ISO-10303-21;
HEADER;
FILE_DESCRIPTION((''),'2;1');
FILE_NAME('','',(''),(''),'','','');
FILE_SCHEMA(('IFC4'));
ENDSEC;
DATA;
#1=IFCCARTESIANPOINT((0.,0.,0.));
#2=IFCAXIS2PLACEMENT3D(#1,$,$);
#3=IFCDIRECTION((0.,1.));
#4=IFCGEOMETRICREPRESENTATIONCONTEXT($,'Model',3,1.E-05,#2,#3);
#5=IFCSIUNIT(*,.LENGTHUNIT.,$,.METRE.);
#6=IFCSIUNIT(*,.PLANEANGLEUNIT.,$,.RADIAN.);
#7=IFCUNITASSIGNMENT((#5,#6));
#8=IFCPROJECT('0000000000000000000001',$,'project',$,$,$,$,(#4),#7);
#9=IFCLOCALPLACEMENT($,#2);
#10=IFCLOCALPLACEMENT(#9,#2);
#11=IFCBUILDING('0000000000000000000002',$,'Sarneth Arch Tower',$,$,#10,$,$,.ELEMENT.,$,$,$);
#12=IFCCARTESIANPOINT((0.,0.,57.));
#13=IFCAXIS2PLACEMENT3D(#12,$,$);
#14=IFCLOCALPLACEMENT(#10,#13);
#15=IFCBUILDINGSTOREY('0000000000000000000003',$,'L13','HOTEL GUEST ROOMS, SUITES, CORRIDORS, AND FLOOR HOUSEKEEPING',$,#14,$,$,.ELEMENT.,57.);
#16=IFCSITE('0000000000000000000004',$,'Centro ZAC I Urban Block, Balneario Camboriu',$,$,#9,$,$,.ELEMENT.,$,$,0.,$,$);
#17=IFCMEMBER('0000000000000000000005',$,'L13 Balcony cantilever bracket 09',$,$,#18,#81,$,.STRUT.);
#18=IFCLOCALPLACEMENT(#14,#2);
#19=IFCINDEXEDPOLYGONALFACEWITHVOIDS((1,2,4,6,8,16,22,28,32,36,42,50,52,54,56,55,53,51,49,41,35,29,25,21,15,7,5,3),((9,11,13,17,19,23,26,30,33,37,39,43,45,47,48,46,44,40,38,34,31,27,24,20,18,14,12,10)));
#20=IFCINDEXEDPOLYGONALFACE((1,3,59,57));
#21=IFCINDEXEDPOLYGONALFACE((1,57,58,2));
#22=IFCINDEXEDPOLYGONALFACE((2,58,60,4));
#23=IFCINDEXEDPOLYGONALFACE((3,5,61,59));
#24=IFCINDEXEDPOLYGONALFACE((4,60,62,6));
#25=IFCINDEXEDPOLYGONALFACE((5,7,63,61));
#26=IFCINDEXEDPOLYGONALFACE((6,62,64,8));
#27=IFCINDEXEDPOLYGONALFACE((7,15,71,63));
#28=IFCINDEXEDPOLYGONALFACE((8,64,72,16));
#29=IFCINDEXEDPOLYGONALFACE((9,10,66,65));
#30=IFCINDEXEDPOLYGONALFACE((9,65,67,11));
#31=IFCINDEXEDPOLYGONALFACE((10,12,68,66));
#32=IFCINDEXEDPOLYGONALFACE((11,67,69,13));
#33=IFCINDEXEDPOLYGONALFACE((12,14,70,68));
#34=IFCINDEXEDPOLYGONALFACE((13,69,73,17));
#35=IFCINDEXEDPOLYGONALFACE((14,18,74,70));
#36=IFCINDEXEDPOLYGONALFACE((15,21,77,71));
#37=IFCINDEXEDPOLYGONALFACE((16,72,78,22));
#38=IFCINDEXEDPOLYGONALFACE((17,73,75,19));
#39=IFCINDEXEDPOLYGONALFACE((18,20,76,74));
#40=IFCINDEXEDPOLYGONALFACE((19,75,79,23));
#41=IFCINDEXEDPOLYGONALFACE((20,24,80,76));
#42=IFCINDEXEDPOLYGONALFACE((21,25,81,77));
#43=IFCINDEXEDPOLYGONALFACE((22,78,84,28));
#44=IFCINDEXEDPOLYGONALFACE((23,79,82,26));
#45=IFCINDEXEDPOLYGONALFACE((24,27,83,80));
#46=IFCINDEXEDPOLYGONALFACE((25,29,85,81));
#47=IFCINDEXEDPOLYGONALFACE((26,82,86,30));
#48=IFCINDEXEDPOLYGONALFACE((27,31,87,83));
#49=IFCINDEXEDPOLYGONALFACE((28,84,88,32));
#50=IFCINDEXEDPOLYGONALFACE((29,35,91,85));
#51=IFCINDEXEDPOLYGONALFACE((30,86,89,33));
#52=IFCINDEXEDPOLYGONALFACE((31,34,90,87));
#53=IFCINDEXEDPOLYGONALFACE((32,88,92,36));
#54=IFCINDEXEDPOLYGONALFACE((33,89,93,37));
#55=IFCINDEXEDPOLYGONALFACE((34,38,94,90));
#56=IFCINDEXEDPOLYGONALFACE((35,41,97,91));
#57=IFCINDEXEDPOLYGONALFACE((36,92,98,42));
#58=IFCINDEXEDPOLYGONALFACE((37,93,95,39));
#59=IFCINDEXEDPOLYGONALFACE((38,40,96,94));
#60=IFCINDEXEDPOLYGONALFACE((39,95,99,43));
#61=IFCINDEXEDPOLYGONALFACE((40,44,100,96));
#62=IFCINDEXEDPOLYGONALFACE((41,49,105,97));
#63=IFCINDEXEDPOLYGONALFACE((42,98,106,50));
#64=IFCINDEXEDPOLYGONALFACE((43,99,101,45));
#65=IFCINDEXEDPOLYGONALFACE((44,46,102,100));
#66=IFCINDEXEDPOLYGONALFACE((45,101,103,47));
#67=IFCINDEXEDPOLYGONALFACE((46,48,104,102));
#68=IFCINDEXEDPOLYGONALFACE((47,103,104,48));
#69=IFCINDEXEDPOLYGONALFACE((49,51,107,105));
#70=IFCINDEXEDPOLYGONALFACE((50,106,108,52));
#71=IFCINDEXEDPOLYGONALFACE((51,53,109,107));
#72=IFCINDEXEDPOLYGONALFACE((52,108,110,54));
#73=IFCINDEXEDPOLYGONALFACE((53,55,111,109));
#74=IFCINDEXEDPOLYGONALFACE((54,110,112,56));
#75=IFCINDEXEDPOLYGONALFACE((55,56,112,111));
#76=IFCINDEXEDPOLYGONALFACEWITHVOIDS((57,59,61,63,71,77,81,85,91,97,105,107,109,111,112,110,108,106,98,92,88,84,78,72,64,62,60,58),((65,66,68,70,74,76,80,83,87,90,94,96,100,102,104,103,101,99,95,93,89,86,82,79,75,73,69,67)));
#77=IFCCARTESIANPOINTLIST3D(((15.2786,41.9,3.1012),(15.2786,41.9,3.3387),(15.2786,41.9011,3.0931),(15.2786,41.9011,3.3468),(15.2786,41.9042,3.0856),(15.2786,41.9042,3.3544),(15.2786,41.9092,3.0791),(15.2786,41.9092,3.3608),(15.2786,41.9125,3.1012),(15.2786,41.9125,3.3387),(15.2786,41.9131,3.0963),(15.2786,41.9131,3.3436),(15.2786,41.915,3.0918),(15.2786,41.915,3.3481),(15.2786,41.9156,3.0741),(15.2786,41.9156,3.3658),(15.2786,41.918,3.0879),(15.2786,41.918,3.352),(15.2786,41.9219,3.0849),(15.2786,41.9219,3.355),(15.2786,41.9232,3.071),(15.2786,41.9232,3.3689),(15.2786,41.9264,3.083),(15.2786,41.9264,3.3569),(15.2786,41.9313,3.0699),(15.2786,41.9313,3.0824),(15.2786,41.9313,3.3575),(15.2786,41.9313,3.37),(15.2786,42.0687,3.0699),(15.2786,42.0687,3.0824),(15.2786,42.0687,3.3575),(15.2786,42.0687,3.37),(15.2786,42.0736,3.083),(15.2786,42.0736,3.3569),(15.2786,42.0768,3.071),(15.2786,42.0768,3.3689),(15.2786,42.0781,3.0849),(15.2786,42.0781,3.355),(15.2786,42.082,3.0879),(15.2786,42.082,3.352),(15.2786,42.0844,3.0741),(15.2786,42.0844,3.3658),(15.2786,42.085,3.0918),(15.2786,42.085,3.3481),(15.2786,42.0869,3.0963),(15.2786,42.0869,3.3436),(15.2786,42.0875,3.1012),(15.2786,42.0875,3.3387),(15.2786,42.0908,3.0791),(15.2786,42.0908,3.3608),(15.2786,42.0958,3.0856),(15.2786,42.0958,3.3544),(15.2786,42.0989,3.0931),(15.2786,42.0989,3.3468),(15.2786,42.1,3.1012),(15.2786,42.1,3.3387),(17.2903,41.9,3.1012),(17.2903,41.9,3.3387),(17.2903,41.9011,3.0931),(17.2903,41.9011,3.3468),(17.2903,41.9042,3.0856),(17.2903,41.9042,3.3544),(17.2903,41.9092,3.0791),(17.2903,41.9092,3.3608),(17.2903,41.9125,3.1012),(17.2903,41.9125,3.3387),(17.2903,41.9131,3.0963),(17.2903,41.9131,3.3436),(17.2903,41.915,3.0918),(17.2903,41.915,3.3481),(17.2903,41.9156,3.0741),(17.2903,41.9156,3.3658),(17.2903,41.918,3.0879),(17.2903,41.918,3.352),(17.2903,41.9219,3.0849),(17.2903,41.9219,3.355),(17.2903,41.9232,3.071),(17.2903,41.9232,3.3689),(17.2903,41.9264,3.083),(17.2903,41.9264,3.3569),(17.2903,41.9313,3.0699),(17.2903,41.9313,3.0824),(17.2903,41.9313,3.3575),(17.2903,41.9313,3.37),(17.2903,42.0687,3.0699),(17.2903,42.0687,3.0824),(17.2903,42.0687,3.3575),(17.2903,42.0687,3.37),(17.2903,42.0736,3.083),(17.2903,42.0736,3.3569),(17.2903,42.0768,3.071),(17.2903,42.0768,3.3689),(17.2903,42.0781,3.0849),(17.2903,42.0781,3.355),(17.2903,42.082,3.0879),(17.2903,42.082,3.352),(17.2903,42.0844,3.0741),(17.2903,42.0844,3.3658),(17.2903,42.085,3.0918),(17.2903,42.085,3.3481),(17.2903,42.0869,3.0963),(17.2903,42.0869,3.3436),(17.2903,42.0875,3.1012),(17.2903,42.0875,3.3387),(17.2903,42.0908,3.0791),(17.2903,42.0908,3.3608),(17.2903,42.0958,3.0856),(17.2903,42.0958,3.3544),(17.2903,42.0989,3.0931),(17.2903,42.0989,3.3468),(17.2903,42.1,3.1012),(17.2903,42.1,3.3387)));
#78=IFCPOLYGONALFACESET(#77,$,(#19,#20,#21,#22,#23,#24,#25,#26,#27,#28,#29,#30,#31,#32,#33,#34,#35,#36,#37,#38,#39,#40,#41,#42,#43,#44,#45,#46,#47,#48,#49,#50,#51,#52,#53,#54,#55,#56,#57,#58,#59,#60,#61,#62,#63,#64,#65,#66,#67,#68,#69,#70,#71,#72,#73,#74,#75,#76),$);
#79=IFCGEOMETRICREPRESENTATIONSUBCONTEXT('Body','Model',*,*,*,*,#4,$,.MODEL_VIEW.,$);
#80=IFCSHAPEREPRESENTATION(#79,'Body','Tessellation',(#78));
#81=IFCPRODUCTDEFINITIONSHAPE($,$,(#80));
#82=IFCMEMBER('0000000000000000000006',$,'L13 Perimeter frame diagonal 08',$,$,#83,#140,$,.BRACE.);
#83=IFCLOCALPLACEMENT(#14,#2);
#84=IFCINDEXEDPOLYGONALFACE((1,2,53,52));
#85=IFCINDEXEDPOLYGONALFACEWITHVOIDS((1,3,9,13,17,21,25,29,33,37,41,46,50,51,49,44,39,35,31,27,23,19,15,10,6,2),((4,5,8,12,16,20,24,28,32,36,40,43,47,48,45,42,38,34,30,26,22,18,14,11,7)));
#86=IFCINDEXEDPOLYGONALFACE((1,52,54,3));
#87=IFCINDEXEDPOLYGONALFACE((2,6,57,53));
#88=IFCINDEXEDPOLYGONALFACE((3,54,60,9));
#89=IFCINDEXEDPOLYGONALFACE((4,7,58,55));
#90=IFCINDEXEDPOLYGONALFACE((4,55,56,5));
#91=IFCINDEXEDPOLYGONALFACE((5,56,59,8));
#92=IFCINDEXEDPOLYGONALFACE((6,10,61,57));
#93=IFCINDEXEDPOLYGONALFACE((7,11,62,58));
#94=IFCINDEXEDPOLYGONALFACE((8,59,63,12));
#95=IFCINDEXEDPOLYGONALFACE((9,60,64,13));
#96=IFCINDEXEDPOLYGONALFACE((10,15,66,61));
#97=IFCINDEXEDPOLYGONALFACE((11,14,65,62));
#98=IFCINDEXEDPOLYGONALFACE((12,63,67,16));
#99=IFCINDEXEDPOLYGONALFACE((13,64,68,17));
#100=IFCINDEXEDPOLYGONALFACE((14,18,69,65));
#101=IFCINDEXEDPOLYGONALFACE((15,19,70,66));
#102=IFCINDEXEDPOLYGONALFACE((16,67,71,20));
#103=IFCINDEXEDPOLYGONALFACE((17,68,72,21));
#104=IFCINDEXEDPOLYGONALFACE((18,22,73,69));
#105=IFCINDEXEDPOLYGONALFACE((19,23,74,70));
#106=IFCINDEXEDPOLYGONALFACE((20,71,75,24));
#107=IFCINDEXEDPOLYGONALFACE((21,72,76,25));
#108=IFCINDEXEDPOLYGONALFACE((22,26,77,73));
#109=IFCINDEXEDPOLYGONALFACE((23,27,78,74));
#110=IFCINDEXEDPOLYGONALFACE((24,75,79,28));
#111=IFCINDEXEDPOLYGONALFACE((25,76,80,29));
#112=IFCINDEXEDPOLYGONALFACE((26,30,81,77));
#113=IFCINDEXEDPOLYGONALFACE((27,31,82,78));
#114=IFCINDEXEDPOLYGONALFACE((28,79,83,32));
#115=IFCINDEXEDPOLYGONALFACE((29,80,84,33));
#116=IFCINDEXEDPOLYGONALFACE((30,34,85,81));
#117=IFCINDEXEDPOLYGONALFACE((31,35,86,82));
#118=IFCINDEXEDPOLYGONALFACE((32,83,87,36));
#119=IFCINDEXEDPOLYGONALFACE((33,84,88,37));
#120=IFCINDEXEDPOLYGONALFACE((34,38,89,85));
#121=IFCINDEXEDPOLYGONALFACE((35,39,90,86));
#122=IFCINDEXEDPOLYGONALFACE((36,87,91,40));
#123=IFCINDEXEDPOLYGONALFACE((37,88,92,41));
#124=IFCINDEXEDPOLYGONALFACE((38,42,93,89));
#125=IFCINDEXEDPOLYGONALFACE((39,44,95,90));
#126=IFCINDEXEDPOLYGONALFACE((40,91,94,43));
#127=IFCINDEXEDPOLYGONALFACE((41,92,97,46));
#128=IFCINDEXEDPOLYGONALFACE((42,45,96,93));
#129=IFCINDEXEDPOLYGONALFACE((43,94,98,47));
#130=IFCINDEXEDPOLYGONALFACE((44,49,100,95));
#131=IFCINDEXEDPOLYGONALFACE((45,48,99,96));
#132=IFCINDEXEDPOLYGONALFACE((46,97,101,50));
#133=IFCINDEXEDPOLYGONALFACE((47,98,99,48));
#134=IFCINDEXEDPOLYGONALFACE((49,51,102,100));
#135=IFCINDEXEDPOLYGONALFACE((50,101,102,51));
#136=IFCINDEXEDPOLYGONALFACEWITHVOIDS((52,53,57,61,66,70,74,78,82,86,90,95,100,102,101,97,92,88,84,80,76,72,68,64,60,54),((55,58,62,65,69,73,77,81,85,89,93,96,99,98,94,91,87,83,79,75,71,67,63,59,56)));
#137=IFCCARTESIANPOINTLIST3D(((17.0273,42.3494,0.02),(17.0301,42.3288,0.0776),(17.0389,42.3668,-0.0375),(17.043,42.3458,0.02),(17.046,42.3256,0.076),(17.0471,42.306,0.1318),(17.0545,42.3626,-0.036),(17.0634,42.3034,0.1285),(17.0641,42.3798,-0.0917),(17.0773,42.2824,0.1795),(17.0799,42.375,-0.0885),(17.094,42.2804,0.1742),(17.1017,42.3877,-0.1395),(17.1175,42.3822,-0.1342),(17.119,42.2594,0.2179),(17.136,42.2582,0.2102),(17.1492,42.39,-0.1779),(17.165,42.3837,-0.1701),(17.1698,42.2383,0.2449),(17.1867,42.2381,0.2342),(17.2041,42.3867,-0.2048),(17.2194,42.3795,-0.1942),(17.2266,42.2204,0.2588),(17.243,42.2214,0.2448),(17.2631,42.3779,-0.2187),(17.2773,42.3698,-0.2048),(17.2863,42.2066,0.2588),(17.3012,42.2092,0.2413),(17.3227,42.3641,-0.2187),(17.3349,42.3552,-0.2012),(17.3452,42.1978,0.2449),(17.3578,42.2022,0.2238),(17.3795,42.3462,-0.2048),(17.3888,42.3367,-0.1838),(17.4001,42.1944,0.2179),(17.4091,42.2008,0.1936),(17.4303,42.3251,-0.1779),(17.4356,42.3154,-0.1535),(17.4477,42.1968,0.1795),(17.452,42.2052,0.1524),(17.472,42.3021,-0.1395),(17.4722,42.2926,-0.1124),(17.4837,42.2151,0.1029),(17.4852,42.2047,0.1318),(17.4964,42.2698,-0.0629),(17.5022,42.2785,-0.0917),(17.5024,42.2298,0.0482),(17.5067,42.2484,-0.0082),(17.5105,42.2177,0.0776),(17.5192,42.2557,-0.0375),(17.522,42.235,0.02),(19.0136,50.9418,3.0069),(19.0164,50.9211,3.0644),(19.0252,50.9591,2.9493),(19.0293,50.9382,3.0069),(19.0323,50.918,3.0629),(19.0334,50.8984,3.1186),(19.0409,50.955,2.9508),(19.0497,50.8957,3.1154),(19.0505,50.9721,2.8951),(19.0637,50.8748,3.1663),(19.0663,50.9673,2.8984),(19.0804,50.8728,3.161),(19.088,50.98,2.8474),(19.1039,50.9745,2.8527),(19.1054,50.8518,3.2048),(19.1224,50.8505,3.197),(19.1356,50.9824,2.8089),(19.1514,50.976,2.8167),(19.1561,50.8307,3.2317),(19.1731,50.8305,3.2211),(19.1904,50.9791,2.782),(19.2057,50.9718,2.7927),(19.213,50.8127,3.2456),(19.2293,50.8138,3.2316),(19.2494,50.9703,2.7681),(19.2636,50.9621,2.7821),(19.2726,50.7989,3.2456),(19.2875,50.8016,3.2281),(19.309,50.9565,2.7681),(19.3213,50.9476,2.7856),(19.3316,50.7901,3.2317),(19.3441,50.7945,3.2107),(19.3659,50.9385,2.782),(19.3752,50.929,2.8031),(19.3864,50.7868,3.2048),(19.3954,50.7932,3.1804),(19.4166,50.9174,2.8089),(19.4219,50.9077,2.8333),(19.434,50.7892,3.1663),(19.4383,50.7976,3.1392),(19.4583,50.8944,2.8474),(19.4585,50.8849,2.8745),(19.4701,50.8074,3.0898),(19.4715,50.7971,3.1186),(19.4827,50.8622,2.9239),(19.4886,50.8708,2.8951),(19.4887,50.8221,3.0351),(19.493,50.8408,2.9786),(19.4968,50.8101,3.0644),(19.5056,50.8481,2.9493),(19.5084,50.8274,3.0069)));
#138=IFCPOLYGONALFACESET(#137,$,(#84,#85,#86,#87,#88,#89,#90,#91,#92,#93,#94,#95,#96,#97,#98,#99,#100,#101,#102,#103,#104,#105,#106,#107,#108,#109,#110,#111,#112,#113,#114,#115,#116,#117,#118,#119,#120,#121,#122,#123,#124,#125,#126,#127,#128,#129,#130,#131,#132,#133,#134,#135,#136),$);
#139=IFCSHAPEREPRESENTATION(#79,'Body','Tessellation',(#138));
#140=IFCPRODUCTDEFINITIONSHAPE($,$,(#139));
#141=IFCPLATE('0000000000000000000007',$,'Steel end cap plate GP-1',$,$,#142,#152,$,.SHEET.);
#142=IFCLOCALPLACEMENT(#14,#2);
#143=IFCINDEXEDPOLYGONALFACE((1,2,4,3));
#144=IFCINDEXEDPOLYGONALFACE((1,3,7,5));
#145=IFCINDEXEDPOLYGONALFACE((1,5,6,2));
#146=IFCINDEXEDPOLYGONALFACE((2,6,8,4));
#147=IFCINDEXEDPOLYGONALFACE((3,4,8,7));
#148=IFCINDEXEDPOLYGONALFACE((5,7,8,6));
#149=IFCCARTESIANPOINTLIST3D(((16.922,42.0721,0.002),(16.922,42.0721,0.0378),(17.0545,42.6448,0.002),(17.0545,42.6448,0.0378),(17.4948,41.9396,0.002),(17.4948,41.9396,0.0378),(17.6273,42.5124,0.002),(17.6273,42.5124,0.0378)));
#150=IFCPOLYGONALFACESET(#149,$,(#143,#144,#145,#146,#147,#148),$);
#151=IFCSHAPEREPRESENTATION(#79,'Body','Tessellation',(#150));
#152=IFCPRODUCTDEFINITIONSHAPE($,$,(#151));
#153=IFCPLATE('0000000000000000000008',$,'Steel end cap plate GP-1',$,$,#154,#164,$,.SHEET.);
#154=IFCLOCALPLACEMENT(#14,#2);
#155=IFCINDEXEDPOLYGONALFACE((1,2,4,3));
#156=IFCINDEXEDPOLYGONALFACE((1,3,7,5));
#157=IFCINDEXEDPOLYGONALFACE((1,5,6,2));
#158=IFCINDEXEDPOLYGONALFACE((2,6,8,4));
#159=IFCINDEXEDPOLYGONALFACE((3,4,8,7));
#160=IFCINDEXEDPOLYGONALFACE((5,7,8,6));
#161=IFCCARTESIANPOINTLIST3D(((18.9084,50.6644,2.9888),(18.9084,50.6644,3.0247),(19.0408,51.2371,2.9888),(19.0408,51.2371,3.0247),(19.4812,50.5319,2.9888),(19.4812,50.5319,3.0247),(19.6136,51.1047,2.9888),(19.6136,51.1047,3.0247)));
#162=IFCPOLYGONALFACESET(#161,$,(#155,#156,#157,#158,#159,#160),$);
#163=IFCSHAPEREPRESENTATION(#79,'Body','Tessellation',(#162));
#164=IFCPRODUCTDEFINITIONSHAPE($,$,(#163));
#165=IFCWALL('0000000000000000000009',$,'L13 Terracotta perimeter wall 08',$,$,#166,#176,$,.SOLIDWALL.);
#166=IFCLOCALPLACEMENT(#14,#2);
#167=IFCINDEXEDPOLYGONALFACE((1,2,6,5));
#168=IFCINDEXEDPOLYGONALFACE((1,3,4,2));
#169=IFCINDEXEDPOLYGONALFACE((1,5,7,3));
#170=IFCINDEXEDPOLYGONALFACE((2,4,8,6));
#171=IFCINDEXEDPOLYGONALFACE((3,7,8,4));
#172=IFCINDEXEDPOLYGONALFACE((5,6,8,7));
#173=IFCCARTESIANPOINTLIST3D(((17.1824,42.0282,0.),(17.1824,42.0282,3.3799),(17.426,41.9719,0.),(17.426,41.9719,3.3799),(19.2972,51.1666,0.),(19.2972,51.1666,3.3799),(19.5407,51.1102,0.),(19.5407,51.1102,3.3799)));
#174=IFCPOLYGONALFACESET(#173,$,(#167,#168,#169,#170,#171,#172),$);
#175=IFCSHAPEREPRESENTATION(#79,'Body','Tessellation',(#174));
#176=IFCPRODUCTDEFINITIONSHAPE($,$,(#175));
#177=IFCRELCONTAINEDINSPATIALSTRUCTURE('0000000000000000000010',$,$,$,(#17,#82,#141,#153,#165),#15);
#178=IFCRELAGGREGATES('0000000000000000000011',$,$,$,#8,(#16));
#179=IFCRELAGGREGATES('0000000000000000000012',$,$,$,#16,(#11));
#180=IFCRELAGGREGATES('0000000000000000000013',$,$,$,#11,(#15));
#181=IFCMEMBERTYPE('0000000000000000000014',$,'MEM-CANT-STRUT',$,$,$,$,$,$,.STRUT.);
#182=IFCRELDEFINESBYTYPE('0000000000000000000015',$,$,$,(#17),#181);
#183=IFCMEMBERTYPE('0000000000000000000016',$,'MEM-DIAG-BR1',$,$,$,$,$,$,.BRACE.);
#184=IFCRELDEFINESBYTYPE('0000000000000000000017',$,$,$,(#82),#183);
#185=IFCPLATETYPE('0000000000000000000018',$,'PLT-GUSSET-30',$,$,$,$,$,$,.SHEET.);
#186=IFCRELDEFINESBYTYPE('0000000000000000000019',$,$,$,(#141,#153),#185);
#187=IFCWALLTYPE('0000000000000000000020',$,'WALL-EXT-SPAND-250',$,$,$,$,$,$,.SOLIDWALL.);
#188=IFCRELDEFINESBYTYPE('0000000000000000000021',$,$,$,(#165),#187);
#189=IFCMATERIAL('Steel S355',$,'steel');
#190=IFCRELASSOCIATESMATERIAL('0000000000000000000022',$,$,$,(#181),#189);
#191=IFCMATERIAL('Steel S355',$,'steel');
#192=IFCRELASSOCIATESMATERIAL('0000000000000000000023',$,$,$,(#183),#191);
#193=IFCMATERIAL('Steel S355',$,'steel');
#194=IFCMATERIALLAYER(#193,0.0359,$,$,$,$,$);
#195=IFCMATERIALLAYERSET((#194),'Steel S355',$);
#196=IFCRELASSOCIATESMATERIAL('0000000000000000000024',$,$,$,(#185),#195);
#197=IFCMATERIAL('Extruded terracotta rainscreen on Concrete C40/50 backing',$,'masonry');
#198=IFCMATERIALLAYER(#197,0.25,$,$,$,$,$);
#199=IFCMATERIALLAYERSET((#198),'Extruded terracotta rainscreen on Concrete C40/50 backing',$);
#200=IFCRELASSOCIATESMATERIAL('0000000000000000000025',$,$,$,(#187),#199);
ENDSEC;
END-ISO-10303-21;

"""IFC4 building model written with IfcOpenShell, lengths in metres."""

from ifc_helpers import new_model, si_unit, direction, frame, frame_2d, origin, origin_2d, place, context, subcontext, project, spatial, rectangle, hollow_rectangle, hollow_circle, extrude, material, layer, layer_set, material_profile, profile_set, type_object, element, save


model = new_model("IFC4")

# Units and contexts
model_context = context("Model", 3, precision=1e-05, world=origin(), true_north=direction((0.0, 1.0)))
body_context = subcontext(model_context, "Body", "Model", "MODEL_VIEW")
ifc_project = project(units=[si_unit("LENGTHUNIT", "METRE"), si_unit("PLANEANGLEUNIT", "RADIAN")], contexts=[model_context])

# Site, building, storey
site_placement = place(None, origin())
site = spatial("IfcSite", under=ifc_project, at=site_placement, Name="Centro ZAC I Urban Block, Balneario Camboriu", CompositionType="ELEMENT", RefElevation=0.0)
building_placement = place(site_placement, origin())
building = spatial("IfcBuilding", under=site, at=building_placement, Name="Sarneth Arch Tower", CompositionType="ELEMENT")
storey_placement = place(building_placement, frame((0.0, 0.0, 57.0)))
storey = spatial("IfcBuildingStorey", under=building, at=storey_placement, Name="L13", Description="HOTEL GUEST ROOMS, SUITES, CORRIDORS, AND FLOOR HOUSEKEEPING", CompositionType="ELEMENT", Elevation=57.0)

# Members
ifc_material_1 = material(Name="Steel S355", Category="steel")
ifc_material_profile_1 = material_profile(ifc_material_1, hollow_rectangle(XDim=0.2, YDim=0.3, WallThickness=0.0125, InnerFilletRadius=0.0188, OuterFilletRadius=0.0312, at=origin_2d()), Name="RHS300x200x12.5")
ifc_profile_set_1 = profile_set([ifc_material_profile_1], Name="Steel S355")
member_type_1 = type_object("IfcMemberType", Name="MEM-CANT-STRUT", PredefinedType="STRUT", material=ifc_profile_set_1)
member_1_placement = place(storey_placement, frame((17.2903, 42.0, 3.22), z_axis=(-1.0, 0.0, 0.0), x_axis=(0.0, -1.0, 0.0)))
element("IfcMember", 1, at=member_1_placement, inside=storey, type_object=member_type_1, Name="L13 Balcony cantilever bracket 09", PredefinedType="STRUT", context=body_context, shape_type="SweptSolid", body=[
    extrude(hollow_rectangle(XDim=0.2, YDim=0.3, WallThickness=0.0125, InnerFilletRadius=0.0188, OuterFilletRadius=0.0312, at=origin_2d()), origin(), (0.0, 0.0, 1.0), 2.0117),
])
ifc_material_2 = material(Name="Steel S355", Category="steel")
ifc_material_profile_2 = material_profile(ifc_material_2, hollow_circle(Radius=0.2539, WallThickness=0.0161, at=origin_2d()), Name="CHS508x16")
ifc_profile_set_2 = profile_set([ifc_material_profile_2], Name="Steel S355")
member_type_2 = type_object("IfcMemberType", Name="MEM-DIAG-BR1", PredefinedType="BRACE", material=ifc_profile_set_2)
member_2_placement = place(storey_placement, frame((17.2747, 42.2922, 0.02), z_axis=(0.213332, 0.922814, 0.320785), x_axis=(-0.974304, 0.225236, 0.0)))
element("IfcMember", 2, at=member_2_placement, inside=storey, type_object=member_type_2, Name="L13 Perimeter frame diagonal 08", PredefinedType="BRACE", context=body_context, shape_type="SweptSolid", body=[
    extrude(hollow_circle(Radius=0.2539, WallThickness=0.0161, at=origin_2d()), origin(), (0.0, 0.0, 1.0), 9.311),
])

# Plates
ifc_material_3 = material(Name="Steel S355", Category="steel")
ifc_layer_1 = layer(ifc_material_3, 0.0359)
ifc_layer_set_1 = layer_set([ifc_layer_1], Name="Steel S355")
plate_type = type_object("IfcPlateType", Name="PLT-GUSSET-30", PredefinedType="SHEET", material=ifc_layer_set_1)
for number, where, z_axis, x_axis, name in (
    (3, (17.2747, 42.2922, 0.002), (0.0, 0.0, 1.0), (-0.225291, -0.974291, 0.0), "Steel end cap plate GP-1"),
    (4, (19.261, 50.8845, 2.9888), (0.0, 0.0, 1.0), (-0.225291, -0.974291, 0.0), "Steel end cap plate GP-1"),
):
    element("IfcPlate", number, at=place(storey_placement, frame(where, z_axis=z_axis, x_axis=x_axis)), inside=storey, type_object=plate_type, Name=name, PredefinedType="SHEET", context=body_context, shape_type="SweptSolid", body=[
        extrude(rectangle(XDim=0.5879, YDim=0.5879, at=origin_2d()), origin(), (0.0, 0.0, 1.0), 0.0359),
    ])

# Wall
ifc_material_4 = material(Name="Extruded terracotta rainscreen on Concrete C40/50 backing", Category="masonry")
ifc_layer_2 = layer(ifc_material_4, 0.25)
ifc_layer_set_2 = layer_set([ifc_layer_2], Name="Extruded terracotta rainscreen on Concrete C40/50 backing")
wall_type_1 = type_object("IfcWallType", Name="WALL-EXT-SPAND-250", PredefinedType="SOLIDWALL", material=ifc_layer_set_2)
wall_1_placement = place(storey_placement, frame((19.4189, 51.1384, 0.0), z_axis=(0.0, 0.0, 1.0), x_axis=(-0.225454, -0.974254, 0.0)))
element("IfcWall", 5, at=wall_1_placement, inside=storey, type_object=wall_type_1, Name="L13 Terracotta perimeter wall 08", PredefinedType="SOLIDWALL", context=body_context, shape_type="SweptSolid", body=[
    extrude(rectangle(XDim=9.3799, YDim=0.25, at=frame_2d((4.6899, 0.0))), origin(), (0.0, 0.0, 1.0), 3.3799),
])

save(model, "model.ifc")
